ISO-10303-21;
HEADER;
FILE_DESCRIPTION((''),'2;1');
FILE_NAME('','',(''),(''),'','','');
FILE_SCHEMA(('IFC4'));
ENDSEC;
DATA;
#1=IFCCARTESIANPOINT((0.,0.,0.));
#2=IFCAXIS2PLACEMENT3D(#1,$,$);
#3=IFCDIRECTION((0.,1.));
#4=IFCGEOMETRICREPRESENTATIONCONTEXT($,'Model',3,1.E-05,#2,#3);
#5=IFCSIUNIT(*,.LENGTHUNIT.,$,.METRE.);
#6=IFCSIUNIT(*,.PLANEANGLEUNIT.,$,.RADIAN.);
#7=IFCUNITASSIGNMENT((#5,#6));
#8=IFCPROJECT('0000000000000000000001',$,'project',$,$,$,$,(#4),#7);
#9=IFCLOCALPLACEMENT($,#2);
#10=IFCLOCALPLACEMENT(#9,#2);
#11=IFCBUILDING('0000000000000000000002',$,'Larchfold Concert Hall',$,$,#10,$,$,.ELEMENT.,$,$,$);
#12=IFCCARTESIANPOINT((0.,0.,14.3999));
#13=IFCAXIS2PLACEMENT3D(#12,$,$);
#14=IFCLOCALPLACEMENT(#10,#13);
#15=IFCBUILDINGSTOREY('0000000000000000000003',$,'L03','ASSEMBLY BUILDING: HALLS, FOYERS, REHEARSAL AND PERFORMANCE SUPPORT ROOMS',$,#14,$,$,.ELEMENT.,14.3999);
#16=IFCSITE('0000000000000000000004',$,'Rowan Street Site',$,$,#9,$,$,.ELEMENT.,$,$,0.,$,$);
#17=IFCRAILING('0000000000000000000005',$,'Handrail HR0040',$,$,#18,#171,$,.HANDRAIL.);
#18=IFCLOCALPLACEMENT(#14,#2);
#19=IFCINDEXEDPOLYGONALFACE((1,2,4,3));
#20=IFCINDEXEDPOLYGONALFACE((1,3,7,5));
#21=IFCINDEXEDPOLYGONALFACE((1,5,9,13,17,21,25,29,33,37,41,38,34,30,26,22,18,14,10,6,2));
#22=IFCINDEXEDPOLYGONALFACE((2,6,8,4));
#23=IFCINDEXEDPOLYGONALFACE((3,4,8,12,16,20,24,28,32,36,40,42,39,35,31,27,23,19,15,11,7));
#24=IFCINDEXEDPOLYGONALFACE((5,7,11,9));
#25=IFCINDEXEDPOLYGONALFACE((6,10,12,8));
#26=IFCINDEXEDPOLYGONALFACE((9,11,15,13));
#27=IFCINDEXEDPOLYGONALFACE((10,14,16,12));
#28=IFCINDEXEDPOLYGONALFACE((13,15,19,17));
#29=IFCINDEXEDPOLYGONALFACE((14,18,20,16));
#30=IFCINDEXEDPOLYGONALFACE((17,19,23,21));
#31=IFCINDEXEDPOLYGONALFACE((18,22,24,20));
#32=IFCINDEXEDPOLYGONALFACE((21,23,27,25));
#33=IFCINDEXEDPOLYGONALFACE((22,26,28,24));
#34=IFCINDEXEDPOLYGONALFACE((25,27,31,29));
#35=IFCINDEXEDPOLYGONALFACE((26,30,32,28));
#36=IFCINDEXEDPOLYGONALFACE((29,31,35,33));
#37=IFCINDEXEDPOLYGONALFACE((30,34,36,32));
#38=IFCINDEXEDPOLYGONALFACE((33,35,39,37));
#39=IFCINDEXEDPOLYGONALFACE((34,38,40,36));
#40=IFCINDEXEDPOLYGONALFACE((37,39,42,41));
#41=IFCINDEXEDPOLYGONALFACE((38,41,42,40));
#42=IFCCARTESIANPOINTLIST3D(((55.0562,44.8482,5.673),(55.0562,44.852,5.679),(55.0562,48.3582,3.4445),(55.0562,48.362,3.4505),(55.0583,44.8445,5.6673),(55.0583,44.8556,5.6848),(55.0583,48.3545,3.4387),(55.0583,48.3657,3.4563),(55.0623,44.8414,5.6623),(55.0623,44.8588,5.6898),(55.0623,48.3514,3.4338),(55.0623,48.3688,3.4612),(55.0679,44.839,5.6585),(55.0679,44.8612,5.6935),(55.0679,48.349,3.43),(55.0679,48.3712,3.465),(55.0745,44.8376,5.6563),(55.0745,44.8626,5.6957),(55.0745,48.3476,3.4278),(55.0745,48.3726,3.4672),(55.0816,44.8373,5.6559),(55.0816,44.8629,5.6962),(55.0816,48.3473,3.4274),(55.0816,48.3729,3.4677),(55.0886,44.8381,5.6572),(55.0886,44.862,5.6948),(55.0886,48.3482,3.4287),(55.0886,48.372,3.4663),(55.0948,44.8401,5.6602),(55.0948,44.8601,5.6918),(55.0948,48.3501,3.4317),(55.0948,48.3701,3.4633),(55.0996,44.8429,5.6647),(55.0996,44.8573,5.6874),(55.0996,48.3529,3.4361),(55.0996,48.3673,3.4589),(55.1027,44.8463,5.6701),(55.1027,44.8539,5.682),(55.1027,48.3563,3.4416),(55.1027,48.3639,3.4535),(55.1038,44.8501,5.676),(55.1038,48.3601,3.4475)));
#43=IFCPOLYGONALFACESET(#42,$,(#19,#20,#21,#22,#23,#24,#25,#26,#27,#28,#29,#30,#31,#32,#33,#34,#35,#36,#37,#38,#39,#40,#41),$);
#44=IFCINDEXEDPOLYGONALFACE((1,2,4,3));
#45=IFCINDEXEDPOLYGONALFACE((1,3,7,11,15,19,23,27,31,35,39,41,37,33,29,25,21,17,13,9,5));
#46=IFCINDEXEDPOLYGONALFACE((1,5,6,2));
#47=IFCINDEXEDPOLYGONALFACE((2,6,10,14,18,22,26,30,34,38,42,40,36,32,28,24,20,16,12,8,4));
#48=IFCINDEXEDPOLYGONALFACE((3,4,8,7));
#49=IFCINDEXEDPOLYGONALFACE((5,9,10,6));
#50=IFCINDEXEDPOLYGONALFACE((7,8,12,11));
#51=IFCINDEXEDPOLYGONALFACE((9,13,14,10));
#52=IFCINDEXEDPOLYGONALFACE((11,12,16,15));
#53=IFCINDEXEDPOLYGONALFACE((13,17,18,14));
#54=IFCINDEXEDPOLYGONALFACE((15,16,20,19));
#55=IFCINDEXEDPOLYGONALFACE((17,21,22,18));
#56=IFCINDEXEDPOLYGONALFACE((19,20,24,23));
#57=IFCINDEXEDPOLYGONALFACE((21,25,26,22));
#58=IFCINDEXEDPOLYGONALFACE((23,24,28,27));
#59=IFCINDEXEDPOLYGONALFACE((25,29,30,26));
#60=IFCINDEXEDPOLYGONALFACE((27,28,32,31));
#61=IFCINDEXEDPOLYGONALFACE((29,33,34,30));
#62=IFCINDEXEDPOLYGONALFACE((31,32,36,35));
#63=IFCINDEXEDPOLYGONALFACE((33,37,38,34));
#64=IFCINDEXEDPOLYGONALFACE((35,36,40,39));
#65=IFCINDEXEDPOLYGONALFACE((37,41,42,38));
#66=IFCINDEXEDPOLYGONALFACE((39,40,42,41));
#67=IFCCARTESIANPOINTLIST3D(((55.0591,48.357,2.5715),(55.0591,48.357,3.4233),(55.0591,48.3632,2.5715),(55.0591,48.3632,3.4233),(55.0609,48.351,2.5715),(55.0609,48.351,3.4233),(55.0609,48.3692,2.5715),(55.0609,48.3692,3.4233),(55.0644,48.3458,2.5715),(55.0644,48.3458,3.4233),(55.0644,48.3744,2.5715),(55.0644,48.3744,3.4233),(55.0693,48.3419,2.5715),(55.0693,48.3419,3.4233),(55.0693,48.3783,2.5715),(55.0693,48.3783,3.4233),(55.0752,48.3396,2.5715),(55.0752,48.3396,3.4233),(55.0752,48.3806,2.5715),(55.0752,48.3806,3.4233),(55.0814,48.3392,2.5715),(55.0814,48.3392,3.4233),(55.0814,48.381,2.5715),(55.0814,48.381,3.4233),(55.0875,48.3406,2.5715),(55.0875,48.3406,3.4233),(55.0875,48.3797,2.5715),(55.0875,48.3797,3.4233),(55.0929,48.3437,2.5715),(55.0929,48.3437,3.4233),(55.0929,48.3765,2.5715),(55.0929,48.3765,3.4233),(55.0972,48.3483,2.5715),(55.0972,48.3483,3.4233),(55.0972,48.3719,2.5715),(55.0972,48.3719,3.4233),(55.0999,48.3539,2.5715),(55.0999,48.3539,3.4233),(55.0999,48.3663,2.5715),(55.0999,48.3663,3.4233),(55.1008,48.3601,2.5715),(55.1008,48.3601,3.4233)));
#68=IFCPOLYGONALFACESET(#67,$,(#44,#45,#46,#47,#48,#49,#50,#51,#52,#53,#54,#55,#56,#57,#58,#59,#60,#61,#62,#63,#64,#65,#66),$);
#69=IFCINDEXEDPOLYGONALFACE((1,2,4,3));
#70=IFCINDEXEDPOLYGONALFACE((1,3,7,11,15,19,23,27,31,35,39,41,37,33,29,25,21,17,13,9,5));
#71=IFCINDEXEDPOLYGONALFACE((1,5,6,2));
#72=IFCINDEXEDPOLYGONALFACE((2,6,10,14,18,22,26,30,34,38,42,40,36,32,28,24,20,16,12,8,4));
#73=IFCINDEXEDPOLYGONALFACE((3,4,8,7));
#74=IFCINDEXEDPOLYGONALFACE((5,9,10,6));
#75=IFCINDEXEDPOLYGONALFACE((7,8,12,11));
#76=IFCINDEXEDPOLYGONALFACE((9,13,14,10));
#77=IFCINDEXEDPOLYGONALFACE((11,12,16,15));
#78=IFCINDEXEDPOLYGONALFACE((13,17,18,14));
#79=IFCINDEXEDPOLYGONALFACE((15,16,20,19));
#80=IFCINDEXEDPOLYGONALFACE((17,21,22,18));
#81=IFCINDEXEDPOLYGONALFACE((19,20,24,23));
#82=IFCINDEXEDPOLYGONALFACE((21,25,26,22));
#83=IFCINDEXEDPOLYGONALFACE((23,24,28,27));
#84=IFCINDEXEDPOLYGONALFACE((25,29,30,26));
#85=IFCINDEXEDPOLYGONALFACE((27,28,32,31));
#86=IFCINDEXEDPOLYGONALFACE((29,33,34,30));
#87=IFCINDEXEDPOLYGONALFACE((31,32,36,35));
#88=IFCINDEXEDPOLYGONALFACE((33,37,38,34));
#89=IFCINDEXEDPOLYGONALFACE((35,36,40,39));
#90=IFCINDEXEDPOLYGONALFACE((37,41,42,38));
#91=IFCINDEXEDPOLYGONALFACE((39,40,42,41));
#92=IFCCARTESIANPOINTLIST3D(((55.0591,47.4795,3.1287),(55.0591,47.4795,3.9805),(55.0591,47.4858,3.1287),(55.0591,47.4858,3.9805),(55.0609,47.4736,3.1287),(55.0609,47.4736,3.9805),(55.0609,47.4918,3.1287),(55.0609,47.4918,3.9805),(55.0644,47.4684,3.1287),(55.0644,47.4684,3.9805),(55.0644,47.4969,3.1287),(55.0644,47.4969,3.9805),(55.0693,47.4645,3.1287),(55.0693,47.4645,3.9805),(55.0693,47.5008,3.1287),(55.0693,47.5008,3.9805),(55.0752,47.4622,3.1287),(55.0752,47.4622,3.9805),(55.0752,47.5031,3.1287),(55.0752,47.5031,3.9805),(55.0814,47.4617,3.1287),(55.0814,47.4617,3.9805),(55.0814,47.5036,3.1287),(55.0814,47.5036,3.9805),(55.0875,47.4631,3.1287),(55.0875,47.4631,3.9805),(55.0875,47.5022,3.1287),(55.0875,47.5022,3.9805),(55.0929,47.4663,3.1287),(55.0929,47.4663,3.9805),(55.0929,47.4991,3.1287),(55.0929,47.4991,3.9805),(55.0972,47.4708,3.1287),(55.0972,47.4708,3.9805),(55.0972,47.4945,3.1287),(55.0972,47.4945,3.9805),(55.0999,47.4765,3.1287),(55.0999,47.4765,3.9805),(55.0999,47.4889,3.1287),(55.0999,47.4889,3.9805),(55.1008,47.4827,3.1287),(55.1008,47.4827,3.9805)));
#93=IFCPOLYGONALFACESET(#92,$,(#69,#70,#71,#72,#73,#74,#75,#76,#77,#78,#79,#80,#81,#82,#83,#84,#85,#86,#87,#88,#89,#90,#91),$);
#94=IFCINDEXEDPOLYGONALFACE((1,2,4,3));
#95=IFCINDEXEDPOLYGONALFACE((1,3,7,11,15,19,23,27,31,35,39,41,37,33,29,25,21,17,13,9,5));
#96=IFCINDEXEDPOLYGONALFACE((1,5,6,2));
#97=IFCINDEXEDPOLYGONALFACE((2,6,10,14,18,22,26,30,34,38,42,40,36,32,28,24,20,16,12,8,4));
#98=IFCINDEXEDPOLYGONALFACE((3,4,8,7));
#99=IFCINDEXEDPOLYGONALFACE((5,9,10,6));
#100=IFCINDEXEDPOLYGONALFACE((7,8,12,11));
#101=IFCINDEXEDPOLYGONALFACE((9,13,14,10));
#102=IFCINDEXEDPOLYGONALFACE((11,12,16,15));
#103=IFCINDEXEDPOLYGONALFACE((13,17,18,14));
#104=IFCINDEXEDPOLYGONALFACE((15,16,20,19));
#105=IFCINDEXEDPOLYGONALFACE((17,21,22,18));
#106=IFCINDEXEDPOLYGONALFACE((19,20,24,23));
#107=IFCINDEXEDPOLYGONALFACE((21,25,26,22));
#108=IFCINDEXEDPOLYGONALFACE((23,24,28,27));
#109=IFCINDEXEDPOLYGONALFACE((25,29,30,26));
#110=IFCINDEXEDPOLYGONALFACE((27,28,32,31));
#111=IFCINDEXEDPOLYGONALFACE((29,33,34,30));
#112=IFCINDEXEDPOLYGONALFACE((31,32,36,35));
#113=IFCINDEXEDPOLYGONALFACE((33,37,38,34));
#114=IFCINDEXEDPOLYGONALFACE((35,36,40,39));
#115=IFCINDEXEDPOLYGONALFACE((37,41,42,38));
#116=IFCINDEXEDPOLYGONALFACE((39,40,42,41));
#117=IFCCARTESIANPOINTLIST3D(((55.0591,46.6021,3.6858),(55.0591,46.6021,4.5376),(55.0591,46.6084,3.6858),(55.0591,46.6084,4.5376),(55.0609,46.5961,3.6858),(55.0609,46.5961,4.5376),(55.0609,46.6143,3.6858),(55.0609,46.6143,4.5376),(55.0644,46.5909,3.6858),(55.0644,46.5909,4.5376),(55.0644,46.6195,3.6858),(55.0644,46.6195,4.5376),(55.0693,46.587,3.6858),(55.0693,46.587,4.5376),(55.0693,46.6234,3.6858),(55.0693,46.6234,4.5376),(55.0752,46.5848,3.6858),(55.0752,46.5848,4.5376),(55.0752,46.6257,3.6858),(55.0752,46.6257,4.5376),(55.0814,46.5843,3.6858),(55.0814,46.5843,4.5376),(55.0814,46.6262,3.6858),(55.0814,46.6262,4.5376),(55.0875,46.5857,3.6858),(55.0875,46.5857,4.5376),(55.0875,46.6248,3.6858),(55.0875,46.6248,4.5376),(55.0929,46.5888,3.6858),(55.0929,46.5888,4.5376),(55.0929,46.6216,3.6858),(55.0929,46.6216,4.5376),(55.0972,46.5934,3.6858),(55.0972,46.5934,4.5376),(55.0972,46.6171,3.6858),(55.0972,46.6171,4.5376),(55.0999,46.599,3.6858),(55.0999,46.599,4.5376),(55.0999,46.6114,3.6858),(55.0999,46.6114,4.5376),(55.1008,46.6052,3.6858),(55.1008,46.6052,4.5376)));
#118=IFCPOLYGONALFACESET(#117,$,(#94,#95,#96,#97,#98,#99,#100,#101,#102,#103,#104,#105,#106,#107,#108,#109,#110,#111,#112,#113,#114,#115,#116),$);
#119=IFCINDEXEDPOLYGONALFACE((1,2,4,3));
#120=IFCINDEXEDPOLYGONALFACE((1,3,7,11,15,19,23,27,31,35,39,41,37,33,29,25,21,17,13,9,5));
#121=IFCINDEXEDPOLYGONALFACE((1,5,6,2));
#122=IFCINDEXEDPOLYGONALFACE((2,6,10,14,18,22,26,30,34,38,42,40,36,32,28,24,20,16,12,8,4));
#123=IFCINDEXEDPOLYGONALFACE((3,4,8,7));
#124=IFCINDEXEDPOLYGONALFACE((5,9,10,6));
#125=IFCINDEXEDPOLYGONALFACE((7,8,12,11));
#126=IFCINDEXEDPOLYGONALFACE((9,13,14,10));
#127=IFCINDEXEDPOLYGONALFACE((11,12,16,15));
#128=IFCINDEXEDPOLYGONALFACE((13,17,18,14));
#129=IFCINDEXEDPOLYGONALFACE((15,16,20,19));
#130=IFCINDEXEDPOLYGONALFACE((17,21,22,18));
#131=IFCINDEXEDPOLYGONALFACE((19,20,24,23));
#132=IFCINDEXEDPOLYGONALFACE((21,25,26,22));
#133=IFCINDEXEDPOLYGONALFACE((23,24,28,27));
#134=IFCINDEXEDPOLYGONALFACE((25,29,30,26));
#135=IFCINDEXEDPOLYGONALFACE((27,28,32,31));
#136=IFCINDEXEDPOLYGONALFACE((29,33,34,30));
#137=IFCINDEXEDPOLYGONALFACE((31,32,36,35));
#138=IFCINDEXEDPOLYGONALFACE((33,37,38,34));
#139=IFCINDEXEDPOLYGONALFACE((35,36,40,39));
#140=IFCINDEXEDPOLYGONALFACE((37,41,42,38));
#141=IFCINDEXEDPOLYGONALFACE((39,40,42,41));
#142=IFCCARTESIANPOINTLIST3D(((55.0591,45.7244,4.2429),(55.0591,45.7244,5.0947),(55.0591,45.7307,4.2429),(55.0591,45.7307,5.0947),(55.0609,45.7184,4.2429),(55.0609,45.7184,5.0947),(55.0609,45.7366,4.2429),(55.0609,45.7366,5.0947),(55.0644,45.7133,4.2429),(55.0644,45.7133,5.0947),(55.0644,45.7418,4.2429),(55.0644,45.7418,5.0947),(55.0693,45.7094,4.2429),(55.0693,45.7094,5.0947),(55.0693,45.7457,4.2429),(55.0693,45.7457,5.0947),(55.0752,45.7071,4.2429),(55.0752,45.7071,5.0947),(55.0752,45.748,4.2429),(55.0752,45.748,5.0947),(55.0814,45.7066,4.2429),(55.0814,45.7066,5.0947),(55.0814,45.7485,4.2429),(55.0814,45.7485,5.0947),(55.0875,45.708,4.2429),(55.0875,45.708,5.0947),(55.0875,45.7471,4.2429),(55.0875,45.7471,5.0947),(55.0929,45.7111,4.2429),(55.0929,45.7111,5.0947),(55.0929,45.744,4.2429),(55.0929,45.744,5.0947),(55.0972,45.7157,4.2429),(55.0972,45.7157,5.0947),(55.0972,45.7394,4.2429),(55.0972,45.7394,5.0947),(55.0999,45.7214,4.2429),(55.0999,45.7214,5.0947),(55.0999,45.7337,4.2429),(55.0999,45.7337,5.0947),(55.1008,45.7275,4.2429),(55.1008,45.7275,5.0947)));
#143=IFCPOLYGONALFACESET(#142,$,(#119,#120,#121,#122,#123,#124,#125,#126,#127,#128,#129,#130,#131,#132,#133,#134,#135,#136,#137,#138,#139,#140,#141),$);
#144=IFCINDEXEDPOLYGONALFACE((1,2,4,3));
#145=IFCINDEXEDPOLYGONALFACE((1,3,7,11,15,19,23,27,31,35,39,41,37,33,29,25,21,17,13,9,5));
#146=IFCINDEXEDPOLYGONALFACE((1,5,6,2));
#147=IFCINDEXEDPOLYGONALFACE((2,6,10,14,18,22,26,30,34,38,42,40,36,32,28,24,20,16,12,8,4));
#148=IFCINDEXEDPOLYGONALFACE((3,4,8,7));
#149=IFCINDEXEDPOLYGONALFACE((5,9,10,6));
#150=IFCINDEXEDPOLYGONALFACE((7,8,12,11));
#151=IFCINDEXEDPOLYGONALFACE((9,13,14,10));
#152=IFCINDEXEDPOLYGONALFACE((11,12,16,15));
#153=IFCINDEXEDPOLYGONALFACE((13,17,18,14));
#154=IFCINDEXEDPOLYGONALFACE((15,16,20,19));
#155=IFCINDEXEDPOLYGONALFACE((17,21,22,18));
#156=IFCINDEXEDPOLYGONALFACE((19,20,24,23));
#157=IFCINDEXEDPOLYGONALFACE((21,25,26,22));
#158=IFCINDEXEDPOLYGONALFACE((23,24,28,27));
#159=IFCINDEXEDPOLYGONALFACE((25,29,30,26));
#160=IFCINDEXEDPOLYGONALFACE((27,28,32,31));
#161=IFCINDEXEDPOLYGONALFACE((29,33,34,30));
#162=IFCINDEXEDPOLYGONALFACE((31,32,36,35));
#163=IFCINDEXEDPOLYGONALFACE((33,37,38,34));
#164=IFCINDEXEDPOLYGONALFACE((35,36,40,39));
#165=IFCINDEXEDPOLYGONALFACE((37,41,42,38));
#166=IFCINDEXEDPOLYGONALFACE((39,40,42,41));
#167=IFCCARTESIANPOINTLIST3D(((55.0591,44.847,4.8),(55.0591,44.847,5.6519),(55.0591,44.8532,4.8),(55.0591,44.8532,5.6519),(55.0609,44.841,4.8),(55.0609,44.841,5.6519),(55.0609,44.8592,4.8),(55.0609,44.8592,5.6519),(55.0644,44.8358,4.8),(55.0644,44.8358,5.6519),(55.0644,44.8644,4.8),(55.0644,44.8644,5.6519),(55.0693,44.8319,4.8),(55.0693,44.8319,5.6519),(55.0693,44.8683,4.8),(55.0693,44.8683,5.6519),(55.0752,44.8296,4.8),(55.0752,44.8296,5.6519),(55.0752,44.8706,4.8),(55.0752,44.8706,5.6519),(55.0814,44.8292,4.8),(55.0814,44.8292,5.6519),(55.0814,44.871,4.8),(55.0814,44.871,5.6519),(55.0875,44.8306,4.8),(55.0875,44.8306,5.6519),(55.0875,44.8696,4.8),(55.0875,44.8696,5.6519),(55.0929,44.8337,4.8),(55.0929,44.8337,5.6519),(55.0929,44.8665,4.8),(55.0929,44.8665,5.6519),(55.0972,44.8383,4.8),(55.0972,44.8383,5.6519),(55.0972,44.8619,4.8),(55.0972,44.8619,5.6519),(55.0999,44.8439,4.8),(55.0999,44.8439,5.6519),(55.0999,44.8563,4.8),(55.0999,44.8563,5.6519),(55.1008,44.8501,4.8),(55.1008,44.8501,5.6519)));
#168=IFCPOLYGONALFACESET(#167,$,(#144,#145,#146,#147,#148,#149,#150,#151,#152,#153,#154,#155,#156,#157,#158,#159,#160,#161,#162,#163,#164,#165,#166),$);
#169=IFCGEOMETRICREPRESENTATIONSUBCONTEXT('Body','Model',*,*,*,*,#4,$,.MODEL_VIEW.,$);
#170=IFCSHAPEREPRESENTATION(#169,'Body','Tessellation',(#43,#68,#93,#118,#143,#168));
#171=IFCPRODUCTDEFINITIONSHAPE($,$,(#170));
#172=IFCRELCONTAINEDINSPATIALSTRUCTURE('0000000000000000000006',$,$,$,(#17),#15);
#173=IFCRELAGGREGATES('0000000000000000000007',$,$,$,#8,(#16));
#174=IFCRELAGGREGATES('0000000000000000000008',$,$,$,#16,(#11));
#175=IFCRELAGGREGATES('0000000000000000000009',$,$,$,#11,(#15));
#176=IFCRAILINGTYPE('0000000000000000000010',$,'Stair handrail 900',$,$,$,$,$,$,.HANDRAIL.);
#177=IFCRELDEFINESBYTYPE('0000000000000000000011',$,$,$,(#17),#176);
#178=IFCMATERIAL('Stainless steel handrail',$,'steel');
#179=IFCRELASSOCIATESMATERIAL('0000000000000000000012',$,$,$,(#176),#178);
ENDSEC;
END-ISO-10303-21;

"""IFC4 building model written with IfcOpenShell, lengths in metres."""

from ifc_helpers import new_model, si_unit, direction, frame, origin, origin_2d, place, context, subcontext, project, spatial, circle, extrude, material, type_object, element, save


model = new_model("IFC4")

# Units and contexts
model_context = context("Model", 3, precision=1e-05, world=origin(), true_north=direction((0.0, 1.0)))
body_context = subcontext(model_context, "Body", "Model", "MODEL_VIEW")
ifc_project = project(units=[si_unit("LENGTHUNIT", "METRE"), si_unit("PLANEANGLEUNIT", "RADIAN")], contexts=[model_context])

# Site, building, storey
site_placement = place(None, origin())
site = spatial("IfcSite", under=ifc_project, at=site_placement, Name="Rowan Street Site", CompositionType="ELEMENT", RefElevation=0.0)
building_placement = place(site_placement, origin())
building = spatial("IfcBuilding", under=site, at=building_placement, Name="Larchfold Concert Hall", CompositionType="ELEMENT")
storey_placement = place(building_placement, frame((0.0, 0.0, 14.3999)))
storey = spatial("IfcBuildingStorey", under=building, at=storey_placement, Name="L03", Description="ASSEMBLY BUILDING: HALLS, FOYERS, REHEARSAL AND PERFORMANCE SUPPORT ROOMS", CompositionType="ELEMENT", Elevation=14.3999)

# Railing
ifc_material_1 = material(Name="Stainless steel handrail", Category="steel")
railing_type_1 = type_object("IfcRailingType", Name="Stair handrail 900", PredefinedType="HANDRAIL", material=ifc_material_1)
railing_1_placement = place(storey_placement, frame((55.0798, 48.3601, 2.5715)))
element("IfcRailing", 1, at=railing_1_placement, inside=storey, type_object=railing_type_1, Name="Handrail HR0040", PredefinedType="HANDRAIL", context=body_context, shape_type="SweptSolid", body=[
    extrude(circle(Radius=0.0239, at=origin_2d()), frame((0.0, 0.0, 0.876), z_axis=(0.0, -0.84422, 0.535998), x_axis=(1.0, 0.0, 0.0)), (0.0, 0.0, 1.0), 4.1577),
    extrude(circle(Radius=0.021, at=origin_2d()), origin(), (0.0, 0.0, 1.0), 0.8518),
    extrude(circle(Radius=0.021, at=origin_2d()), frame((0.0, -0.8774, 0.5571)), (0.0, 0.0, 1.0), 0.8518),
    extrude(circle(Radius=0.021, at=origin_2d()), frame((0.0, -1.7549, 1.1143)), (0.0, 0.0, 1.0), 0.8518),
    extrude(circle(Radius=0.021, at=origin_2d()), frame((0.0, -2.6326, 1.6714)), (0.0, 0.0, 1.0), 0.8518),
    extrude(circle(Radius=0.021, at=origin_2d()), frame((0.0, -3.51, 2.2285)), (0.0, 0.0, 1.0), 0.8518),
])

save(model, "model.ifc")
